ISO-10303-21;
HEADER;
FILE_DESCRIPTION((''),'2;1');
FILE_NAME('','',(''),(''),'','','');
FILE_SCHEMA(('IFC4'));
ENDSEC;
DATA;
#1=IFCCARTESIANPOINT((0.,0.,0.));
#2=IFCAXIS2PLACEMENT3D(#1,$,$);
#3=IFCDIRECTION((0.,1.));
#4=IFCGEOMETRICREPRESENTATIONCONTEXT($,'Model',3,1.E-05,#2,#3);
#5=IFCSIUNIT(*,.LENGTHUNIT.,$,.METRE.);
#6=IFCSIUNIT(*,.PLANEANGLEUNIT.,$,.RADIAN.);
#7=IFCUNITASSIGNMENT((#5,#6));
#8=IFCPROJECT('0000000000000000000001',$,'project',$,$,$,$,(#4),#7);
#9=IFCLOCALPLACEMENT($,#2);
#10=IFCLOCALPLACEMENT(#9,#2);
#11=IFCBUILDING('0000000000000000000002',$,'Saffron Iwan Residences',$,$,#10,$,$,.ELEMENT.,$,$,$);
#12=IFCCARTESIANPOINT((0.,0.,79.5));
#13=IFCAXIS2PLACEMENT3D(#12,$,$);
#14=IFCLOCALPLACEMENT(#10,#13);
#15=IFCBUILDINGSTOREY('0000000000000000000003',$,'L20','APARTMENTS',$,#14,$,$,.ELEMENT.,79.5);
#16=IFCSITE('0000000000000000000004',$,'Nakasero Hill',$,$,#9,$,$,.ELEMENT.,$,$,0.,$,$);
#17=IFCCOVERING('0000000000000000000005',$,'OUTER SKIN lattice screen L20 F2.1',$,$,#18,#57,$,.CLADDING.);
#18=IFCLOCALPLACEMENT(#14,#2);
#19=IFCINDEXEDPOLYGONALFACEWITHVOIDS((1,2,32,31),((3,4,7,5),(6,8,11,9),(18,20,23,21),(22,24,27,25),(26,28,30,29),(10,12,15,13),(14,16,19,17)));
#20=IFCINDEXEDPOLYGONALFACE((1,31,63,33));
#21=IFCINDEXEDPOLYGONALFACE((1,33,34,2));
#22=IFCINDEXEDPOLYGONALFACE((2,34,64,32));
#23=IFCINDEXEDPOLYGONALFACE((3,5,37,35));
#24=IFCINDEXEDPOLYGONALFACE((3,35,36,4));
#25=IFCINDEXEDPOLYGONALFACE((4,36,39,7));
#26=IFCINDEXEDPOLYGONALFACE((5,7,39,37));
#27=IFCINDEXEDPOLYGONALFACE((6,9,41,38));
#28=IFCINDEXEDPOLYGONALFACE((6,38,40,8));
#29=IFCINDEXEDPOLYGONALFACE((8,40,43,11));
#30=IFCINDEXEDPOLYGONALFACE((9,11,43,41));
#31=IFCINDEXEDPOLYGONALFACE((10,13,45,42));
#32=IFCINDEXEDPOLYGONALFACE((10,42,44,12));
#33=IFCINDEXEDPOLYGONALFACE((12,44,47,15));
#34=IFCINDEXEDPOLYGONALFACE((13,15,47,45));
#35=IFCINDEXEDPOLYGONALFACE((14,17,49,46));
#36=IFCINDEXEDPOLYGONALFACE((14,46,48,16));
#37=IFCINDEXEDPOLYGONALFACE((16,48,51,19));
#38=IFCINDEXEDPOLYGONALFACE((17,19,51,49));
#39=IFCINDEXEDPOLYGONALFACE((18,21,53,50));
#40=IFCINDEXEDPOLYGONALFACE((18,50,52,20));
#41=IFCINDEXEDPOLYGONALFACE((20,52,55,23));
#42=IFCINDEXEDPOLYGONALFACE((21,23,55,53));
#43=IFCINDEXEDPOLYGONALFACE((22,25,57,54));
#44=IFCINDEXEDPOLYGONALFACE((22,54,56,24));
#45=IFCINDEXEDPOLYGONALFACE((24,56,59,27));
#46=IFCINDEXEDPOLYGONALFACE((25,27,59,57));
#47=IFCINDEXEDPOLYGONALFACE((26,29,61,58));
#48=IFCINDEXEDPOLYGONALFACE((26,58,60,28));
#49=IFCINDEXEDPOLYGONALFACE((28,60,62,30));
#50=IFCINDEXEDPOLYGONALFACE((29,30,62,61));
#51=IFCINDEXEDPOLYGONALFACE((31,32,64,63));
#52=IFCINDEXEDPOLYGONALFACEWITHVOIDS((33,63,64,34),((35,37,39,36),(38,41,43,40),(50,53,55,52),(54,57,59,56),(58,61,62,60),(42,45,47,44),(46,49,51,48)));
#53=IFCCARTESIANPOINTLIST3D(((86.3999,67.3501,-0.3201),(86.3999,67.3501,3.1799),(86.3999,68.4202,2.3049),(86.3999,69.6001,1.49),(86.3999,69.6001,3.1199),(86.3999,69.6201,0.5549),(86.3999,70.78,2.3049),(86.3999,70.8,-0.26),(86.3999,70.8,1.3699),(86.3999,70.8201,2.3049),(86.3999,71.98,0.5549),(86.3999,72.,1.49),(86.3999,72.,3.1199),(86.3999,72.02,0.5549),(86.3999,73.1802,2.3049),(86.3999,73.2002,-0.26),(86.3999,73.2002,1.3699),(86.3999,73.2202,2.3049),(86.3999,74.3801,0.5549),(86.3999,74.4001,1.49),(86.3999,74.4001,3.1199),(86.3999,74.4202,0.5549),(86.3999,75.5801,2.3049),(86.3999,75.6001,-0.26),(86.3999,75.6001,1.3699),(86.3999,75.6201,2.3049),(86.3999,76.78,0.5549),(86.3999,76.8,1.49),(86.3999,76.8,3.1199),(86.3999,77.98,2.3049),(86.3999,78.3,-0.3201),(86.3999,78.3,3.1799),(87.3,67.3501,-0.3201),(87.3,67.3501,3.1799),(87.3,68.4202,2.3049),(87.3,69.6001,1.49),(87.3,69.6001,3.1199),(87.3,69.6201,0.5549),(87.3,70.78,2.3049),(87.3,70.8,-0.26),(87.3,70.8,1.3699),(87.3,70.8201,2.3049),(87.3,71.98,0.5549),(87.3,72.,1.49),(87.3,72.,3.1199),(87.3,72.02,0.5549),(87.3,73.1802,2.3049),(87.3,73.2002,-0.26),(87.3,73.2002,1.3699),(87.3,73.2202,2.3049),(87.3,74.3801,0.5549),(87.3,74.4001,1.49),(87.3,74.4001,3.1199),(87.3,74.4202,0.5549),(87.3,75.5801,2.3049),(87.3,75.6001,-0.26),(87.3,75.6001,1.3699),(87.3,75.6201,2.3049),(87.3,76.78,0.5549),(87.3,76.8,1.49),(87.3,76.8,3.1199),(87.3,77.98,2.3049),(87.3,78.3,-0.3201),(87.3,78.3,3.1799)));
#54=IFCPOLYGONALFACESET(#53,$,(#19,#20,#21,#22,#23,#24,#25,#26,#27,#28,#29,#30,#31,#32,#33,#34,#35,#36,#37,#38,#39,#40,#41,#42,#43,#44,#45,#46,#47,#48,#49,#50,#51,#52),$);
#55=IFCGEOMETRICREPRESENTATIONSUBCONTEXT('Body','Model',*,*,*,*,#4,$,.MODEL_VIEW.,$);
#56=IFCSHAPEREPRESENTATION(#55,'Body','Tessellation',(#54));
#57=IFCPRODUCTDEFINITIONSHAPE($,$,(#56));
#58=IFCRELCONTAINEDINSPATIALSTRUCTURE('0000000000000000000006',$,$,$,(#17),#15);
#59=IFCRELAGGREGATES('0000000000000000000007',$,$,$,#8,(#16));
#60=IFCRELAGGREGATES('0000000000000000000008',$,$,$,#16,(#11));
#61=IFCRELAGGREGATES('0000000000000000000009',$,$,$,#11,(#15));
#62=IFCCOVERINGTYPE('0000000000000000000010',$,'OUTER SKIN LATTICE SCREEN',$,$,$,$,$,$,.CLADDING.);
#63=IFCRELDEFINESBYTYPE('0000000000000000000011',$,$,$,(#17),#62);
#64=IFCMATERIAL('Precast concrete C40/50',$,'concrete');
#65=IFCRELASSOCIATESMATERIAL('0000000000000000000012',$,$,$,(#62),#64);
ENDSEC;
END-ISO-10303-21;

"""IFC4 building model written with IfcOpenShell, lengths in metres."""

from ifc_helpers import new_model, si_unit, direction, frame, origin, place, context, subcontext, project, spatial, polyline, outline, extrude, material, type_object, element, save


model = new_model("IFC4")

# Units and contexts
model_context = context("Model", 3, precision=1e-05, world=origin(), true_north=direction((0.0, 1.0)))
body_context = subcontext(model_context, "Body", "Model", "MODEL_VIEW")
ifc_project = project(units=[si_unit("LENGTHUNIT", "METRE"), si_unit("PLANEANGLEUNIT", "RADIAN")], contexts=[model_context])

# Site, building, storey
site_placement = place(None, origin())
site = spatial("IfcSite", under=ifc_project, at=site_placement, Name="Nakasero Hill", CompositionType="ELEMENT", RefElevation=0.0)
building_placement = place(site_placement, origin())
building = spatial("IfcBuilding", under=site, at=building_placement, Name="Saffron Iwan Residences", CompositionType="ELEMENT")
storey_placement = place(building_placement, frame((0.0, 0.0, 79.5)))
storey = spatial("IfcBuildingStorey", under=building, at=storey_placement, Name="L20", Description="APARTMENTS", CompositionType="ELEMENT", Elevation=79.5)

# Covering
ifc_material_1 = material(Name="Precast concrete C40/50", Category="concrete")
covering_type = type_object("IfcCoveringType", Name="OUTER SKIN LATTICE SCREEN", PredefinedType="CLADDING", material=ifc_material_1)
covering_placement = place(storey_placement, frame((86.3999, 67.3501, -0.3201), z_axis=(1.0, 0.0, 0.0), x_axis=(0.0, 1.0, 0.0)))
element("IfcCovering", 1, at=covering_placement, inside=storey, type_object=covering_type, Name="OUTER SKIN lattice screen L20 F2.1", PredefinedType="CLADDING", context=body_context, shape_type="SweptSolid", body=[
    extrude(outline(polyline([(0.0, 0.0), (10.95, 0.0), (10.95, 3.5), (0.0, 3.5), (0.0, 0.0)]), holes=[polyline([(2.27, 0.875), (3.45, 0.0601), (4.6299, 0.875), (3.45, 1.6899), (2.27, 0.875)]), polyline([(4.6699, 0.875), (5.8501, 0.0601), (7.03, 0.875), (5.8501, 1.6899), (4.6699, 0.875)]), polyline([(7.0701, 0.875), (8.25, 0.0601), (9.4299, 0.875), (8.25, 1.6899), (7.0701, 0.875)]), polyline([(1.0701, 2.625), (2.25, 1.8101), (3.4299, 2.625), (2.25, 3.4399), (1.0701, 2.625)]), polyline([(3.47, 2.625), (4.6499, 1.8101), (5.8301, 2.625), (4.6499, 3.4399), (3.47, 2.625)]), polyline([(5.8701, 2.625), (7.05, 1.8101), (8.23, 2.625), (7.05, 3.4399), (5.8701, 2.625)]), polyline([(8.27, 2.625), (9.45, 1.8101), (10.6299, 2.625), (9.45, 3.4399), (8.27, 2.625)])]), origin(), (0.0, 0.0, 1.0), 0.9001),
])

save(model, "model.ifc")
